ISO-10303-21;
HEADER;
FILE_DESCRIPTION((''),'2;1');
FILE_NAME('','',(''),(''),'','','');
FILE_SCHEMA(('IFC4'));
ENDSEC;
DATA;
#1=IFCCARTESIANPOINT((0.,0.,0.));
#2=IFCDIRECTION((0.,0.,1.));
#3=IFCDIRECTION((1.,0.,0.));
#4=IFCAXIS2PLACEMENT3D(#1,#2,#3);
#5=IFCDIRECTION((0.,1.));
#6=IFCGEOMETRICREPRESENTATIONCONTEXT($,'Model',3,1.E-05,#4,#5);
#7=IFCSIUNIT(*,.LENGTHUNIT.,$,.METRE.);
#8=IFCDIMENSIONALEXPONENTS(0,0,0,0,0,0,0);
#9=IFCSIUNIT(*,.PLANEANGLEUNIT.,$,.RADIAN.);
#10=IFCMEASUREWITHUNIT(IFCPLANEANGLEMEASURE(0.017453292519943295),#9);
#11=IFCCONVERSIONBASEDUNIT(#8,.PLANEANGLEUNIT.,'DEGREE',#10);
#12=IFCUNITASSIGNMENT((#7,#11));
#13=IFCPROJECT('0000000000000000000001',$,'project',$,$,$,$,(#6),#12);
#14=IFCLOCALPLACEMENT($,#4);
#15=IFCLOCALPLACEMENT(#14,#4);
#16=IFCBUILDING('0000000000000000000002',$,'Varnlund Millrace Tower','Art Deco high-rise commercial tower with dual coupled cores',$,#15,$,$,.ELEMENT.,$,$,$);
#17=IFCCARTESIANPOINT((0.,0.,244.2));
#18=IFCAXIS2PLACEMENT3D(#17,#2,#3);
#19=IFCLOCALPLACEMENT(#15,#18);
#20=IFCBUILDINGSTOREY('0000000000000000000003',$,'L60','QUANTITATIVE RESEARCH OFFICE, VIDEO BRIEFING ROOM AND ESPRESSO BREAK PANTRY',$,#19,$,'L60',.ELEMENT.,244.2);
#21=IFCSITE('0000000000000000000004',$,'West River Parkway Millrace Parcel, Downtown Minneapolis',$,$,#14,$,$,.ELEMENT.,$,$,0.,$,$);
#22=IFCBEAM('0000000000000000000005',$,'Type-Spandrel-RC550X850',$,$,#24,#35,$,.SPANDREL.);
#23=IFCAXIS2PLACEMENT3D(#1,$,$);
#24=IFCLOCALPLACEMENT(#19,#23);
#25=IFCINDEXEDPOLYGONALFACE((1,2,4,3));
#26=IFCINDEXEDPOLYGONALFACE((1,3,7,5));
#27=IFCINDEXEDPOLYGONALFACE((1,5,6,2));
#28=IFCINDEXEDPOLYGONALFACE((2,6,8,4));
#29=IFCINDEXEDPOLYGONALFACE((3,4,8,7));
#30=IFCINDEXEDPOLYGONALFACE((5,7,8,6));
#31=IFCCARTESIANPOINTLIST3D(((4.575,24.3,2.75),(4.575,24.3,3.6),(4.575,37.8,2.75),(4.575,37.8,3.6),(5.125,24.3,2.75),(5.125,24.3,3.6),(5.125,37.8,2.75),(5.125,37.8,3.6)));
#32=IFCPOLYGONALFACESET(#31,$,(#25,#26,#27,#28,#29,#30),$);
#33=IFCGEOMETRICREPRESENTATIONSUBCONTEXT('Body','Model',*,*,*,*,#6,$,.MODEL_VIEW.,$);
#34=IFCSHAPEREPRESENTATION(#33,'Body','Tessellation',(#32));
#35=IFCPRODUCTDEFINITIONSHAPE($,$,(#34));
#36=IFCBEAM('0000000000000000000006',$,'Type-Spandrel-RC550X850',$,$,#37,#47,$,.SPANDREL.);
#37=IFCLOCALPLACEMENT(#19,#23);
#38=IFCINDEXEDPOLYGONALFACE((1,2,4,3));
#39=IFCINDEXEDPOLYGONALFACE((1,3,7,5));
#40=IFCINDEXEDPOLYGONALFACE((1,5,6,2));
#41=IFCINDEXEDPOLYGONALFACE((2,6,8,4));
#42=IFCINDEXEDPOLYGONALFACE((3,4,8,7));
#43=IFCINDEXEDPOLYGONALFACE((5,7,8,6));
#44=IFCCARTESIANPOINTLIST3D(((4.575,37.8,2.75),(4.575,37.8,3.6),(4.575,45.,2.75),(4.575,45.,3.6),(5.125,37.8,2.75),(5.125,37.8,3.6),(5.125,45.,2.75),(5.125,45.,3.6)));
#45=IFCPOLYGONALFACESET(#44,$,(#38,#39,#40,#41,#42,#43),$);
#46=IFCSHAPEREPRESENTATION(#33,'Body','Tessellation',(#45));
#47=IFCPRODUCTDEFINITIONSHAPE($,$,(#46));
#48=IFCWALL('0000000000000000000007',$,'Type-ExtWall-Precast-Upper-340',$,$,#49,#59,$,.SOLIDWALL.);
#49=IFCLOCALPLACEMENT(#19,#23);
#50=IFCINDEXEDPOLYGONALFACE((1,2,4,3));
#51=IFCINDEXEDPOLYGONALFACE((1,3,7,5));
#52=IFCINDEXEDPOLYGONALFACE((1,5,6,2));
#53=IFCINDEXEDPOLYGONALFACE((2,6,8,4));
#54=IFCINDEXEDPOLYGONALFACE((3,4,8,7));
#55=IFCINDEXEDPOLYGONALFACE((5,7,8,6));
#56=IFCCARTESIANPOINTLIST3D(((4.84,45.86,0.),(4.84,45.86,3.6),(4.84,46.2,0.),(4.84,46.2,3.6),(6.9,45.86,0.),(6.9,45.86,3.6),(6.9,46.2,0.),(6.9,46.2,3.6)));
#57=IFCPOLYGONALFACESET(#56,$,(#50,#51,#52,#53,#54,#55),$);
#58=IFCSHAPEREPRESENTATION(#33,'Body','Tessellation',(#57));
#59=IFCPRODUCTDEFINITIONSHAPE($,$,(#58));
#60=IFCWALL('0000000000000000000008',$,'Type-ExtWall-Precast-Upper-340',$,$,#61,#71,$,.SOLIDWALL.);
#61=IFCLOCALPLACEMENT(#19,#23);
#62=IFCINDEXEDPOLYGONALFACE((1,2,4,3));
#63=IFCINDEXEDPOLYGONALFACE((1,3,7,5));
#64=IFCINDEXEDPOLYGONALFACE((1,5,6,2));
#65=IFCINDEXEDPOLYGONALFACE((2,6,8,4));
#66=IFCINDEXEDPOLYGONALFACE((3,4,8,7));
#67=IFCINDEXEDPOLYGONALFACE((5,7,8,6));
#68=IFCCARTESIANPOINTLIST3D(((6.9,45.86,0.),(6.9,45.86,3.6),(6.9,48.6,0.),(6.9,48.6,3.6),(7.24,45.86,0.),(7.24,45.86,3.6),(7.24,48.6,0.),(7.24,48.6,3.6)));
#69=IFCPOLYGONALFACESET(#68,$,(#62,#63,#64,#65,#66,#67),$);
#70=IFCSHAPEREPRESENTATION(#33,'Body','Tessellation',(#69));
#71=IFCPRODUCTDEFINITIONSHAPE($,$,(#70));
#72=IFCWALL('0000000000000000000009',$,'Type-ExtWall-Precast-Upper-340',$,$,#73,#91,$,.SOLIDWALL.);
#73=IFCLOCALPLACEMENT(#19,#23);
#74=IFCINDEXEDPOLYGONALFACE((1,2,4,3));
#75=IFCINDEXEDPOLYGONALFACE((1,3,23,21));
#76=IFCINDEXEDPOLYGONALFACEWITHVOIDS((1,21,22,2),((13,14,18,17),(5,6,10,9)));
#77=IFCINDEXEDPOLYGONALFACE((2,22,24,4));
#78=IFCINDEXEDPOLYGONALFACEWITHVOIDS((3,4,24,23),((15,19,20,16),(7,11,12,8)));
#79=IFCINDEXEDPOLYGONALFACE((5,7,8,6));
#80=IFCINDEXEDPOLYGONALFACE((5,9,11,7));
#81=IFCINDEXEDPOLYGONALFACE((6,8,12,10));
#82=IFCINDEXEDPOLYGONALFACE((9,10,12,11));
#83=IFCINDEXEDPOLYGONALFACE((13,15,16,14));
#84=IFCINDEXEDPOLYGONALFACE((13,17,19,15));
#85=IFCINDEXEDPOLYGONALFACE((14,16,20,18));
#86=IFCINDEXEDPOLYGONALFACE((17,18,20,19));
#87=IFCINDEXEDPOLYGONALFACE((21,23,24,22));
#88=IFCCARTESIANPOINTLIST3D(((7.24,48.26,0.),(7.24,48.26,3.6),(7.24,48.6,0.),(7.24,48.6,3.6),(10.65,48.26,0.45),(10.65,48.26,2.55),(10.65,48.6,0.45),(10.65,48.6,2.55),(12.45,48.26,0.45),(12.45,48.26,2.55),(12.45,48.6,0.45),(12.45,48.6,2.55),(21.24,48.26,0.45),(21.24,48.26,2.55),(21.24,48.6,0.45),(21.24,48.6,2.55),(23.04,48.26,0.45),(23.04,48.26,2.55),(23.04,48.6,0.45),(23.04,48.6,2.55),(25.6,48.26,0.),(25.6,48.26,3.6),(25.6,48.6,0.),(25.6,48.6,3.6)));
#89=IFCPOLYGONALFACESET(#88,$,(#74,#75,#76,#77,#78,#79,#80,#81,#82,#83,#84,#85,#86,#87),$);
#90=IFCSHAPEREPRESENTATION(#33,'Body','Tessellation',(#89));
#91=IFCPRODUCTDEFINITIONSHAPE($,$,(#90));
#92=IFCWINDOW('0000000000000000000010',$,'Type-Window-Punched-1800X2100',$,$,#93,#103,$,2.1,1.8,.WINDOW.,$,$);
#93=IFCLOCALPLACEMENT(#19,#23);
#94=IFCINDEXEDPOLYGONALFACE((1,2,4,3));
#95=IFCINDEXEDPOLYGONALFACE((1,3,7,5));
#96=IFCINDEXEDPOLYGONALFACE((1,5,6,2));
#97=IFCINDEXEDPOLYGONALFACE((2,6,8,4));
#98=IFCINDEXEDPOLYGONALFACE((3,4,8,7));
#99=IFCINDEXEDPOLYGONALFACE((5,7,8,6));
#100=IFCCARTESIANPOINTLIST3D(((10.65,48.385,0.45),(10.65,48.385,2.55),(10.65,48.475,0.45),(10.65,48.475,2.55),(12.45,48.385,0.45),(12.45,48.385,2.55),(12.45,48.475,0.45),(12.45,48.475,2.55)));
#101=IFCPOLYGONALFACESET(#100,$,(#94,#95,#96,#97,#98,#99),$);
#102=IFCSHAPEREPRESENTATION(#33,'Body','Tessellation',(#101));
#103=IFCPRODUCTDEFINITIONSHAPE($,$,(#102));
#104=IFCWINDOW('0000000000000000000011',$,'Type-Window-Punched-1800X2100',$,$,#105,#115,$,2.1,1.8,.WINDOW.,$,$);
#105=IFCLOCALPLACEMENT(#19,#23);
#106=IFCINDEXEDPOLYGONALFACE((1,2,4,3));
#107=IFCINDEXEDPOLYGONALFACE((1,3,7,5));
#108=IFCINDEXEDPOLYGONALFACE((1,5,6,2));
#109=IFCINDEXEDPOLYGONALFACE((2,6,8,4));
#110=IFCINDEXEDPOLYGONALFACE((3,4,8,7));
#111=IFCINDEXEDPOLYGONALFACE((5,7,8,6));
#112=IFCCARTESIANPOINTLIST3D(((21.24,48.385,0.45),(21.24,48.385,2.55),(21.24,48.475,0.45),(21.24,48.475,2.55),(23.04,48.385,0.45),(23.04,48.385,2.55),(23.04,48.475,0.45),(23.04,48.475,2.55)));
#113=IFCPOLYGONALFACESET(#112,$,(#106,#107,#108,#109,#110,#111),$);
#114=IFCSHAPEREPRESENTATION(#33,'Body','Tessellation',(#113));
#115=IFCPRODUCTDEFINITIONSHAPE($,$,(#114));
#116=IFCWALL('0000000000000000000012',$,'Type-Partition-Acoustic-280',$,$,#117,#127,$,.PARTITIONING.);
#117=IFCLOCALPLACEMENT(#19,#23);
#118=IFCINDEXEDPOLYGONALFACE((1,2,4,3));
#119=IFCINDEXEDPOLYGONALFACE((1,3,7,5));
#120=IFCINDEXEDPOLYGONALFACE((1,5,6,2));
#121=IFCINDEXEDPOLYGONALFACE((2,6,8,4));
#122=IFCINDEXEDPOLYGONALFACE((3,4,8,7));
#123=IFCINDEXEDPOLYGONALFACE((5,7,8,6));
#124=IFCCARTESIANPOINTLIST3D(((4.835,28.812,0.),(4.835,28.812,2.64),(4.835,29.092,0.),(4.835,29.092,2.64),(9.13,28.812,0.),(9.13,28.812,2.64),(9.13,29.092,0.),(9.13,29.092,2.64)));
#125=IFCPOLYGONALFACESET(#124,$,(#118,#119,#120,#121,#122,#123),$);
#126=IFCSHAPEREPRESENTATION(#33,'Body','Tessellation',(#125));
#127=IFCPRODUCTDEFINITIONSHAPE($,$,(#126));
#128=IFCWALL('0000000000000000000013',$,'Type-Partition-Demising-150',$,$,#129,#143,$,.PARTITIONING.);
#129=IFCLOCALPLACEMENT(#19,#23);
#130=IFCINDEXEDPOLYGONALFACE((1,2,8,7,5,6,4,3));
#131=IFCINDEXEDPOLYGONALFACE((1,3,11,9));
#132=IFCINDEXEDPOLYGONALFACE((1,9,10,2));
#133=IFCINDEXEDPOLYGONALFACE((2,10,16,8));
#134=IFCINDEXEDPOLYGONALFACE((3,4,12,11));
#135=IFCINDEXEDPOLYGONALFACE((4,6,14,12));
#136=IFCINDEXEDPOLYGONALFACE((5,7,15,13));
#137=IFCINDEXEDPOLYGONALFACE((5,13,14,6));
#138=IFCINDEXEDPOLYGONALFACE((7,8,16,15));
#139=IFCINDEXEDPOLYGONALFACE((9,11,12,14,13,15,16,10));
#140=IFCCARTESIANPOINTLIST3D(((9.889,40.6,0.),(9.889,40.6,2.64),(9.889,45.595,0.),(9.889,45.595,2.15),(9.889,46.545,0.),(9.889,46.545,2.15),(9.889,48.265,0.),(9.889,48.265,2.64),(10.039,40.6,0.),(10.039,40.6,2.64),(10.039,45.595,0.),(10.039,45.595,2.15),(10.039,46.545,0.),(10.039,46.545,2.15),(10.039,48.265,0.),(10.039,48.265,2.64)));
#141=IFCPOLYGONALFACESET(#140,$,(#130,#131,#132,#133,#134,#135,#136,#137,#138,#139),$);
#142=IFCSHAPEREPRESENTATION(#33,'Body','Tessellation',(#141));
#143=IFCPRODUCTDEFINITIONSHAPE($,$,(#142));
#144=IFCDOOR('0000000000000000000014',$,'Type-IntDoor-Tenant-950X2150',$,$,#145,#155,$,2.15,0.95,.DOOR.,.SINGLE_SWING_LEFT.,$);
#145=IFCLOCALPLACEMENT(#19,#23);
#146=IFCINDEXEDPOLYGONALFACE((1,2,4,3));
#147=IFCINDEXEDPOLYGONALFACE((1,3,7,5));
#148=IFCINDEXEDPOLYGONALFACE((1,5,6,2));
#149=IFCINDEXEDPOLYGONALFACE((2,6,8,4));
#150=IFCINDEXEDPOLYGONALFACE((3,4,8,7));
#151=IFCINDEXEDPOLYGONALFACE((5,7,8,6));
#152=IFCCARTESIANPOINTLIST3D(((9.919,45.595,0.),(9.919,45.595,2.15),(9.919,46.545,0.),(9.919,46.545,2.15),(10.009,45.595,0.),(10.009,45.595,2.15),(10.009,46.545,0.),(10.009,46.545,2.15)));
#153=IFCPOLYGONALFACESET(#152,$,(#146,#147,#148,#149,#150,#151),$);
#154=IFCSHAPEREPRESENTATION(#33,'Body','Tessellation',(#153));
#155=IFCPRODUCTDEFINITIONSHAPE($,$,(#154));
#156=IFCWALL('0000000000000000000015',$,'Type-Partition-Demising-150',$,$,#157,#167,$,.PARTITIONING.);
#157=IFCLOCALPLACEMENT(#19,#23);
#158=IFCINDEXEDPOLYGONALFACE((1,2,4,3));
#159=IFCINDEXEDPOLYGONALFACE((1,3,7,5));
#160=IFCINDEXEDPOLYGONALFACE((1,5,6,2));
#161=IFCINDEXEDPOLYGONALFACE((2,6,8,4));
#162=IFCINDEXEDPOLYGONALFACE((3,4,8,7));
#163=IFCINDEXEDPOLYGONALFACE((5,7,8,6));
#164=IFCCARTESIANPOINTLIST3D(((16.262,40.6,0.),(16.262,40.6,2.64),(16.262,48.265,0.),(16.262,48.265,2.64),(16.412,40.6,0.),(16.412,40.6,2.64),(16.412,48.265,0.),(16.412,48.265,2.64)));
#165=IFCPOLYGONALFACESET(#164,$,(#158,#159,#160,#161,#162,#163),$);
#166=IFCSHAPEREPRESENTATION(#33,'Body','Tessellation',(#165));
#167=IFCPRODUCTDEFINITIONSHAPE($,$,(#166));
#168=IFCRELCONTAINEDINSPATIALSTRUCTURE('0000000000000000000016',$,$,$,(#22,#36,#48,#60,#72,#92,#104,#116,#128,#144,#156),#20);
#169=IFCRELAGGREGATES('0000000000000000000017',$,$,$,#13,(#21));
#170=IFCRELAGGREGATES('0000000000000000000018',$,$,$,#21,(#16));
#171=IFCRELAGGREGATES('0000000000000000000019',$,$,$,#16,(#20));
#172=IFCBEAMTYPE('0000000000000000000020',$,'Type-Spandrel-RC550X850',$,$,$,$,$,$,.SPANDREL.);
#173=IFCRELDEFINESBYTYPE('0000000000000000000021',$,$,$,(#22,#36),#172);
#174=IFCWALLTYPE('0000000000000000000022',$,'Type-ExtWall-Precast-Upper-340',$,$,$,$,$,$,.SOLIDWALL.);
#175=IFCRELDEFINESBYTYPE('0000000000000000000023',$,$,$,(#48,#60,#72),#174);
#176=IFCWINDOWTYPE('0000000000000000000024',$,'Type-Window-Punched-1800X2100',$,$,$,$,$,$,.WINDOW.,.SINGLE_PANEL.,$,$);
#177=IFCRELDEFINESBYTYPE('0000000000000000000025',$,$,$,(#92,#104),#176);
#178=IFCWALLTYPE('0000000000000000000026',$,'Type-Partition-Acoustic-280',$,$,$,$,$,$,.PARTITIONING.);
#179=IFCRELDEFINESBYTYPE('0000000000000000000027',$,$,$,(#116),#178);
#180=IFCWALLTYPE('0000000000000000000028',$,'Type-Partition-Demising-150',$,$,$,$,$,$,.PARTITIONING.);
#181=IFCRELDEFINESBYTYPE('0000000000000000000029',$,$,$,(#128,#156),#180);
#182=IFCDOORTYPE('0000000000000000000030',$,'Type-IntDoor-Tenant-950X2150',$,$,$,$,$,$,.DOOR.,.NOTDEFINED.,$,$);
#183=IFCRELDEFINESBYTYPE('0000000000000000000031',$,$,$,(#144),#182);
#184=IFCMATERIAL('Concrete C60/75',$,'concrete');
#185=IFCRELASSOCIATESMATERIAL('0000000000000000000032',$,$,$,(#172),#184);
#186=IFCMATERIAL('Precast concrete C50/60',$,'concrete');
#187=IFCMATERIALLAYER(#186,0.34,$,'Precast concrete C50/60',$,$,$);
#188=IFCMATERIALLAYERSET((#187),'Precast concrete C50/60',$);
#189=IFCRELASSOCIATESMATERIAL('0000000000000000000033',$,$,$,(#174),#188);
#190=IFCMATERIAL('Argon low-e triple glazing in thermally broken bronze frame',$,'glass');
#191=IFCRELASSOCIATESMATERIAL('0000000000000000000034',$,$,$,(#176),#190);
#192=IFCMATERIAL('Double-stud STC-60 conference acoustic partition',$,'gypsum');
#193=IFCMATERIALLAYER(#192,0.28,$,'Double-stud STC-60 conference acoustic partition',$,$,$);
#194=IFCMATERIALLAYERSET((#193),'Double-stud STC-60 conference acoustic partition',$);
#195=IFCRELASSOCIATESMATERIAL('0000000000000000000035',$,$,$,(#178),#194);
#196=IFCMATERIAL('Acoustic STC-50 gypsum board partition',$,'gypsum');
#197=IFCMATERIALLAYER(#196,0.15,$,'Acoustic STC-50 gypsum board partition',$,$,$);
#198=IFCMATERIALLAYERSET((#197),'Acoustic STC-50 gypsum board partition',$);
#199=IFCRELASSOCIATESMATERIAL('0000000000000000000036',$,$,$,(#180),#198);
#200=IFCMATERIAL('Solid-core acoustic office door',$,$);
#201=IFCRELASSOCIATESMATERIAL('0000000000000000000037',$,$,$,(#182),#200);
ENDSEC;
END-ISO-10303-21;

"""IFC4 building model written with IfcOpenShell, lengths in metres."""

from ifc_helpers import new_model, entity, si_unit, converted_unit, direction, frame, origin_with_axes, origin_2d_with_axis, place, context, subcontext, project, spatial, polyline, rectangle, outline, extrude, material, layer, layer_set, material_profile, profile_set, type_object, element, fill, save


model = new_model("IFC4")

# Units and contexts
model_context = context("Model", 3, precision=1e-05, world=origin_with_axes(), true_north=direction((0.0, 1.0)))
body_context = subcontext(model_context, "Body", "Model", "MODEL_VIEW")
ifc_project = project(units=[si_unit("LENGTHUNIT", "METRE"), converted_unit("PLANEANGLEUNIT", "DEGREE", entity("IfcPlaneAngleMeasure", 0.017453292519943295), si_unit("PLANEANGLEUNIT", "RADIAN"), dimensions=[0, 0, 0, 0, 0, 0, 0])], contexts=[model_context])

# Site, building, storey
site_placement = place(None, origin_with_axes())
site = spatial("IfcSite", under=ifc_project, at=site_placement, Name="West River Parkway Millrace Parcel, Downtown Minneapolis", CompositionType="ELEMENT", RefElevation=0.0)
building_placement = place(site_placement, origin_with_axes())
building = spatial("IfcBuilding", under=site, at=building_placement, Name="Varnlund Millrace Tower", Description="Art Deco high-rise commercial tower with dual coupled cores", CompositionType="ELEMENT")
storey_placement = place(building_placement, frame((0.0, 0.0, 244.2), z_axis=(0.0, 0.0, 1.0), x_axis=(1.0, 0.0, 0.0)))
storey = spatial("IfcBuildingStorey", under=building, at=storey_placement, Name="L60", Description="QUANTITATIVE RESEARCH OFFICE, VIDEO BRIEFING ROOM AND ESPRESSO BREAK PANTRY", LongName="L60", CompositionType="ELEMENT", Elevation=244.2)

# Beams
ifc_material_1 = material(Name="Concrete C60/75", Category="concrete")
ifc_material_profile_1 = material_profile(ifc_material_1, rectangle(XDim=0.55, YDim=0.85, at=origin_2d_with_axis()), Name="Concrete C60/75")
ifc_profile_set_1 = profile_set([ifc_material_profile_1], Name="Concrete C60/75")
beam_type_1 = type_object("IfcBeamType", Name="Type-Spandrel-RC550X850", PredefinedType="SPANDREL", material=ifc_profile_set_1)
beam_1_placement = place(storey_placement, frame((4.85, 24.3, 3.175), z_axis=(0.0, 1.0, 0.0), x_axis=(-1.0, 0.0, 0.0)))
element("IfcBeam", 1, at=beam_1_placement, inside=storey, type_object=beam_type_1, Name="Type-Spandrel-RC550X850", PredefinedType="SPANDREL", context=body_context, shape_type="SweptSolid", body=[
    extrude(rectangle(XDim=0.55, YDim=0.85, at=origin_2d_with_axis()), origin_with_axes(), (0.0, 0.0, 1.0), 13.5),
])
beam_2_placement = place(storey_placement, frame((4.85, 37.8, 3.175), z_axis=(0.0, 1.0, 0.0), x_axis=(-1.0, 0.0, 0.0)))
element("IfcBeam", 2, at=beam_2_placement, inside=storey, type_object=beam_type_1, Name="Type-Spandrel-RC550X850", PredefinedType="SPANDREL", context=body_context, shape_type="SweptSolid", body=[
    extrude(rectangle(XDim=0.55, YDim=0.85, at=origin_2d_with_axis()), origin_with_axes(), (0.0, 0.0, 1.0), 7.2),
])

# Walls
ifc_material_2 = material(Name="Precast concrete C50/60", Category="concrete")
ifc_layer_1 = layer(ifc_material_2, 0.34, Name="Precast concrete C50/60")
ifc_layer_set_1 = layer_set([ifc_layer_1], Name="Precast concrete C50/60")
wall_type_1 = type_object("IfcWallType", Name="Type-ExtWall-Precast-Upper-340", PredefinedType="SOLIDWALL", material=ifc_layer_set_1)
wall_1_placement = place(storey_placement, frame((4.84, 46.03, 0.0), z_axis=(0.0, 0.0, 1.0), x_axis=(1.0, 0.0, 0.0)))
element("IfcWall", 3, at=wall_1_placement, inside=storey, type_object=wall_type_1, Name="Type-ExtWall-Precast-Upper-340", PredefinedType="SOLIDWALL", context=body_context, shape_type="SweptSolid", body=[
    extrude(outline(polyline([(0.0, -0.17), (2.06, -0.17), (2.06, 0.17), (0.0, 0.17), (0.0, -0.17)])), origin_with_axes(), (0.0, 0.0, 1.0), 3.6),
])
wall_2_placement = place(storey_placement, frame((7.07, 45.86, 0.0), z_axis=(0.0, 0.0, 1.0), x_axis=(0.0, 1.0, 0.0)))
element("IfcWall", 4, at=wall_2_placement, inside=storey, type_object=wall_type_1, Name="Type-ExtWall-Precast-Upper-340", PredefinedType="SOLIDWALL", context=body_context, shape_type="SweptSolid", body=[
    extrude(outline(polyline([(0.0, -0.17), (2.74, -0.17), (2.74, 0.17), (0.0, 0.17), (0.0, -0.17)])), origin_with_axes(), (0.0, 0.0, 1.0), 3.6),
])

# Wall, openings, windows
wall_3_placement = place(storey_placement, frame((7.24, 48.43, 0.0), z_axis=(0.0, 0.0, 1.0), x_axis=(1.0, 0.0, 0.0)))
wall_3 = element("IfcWall", 5, at=wall_3_placement, inside=storey, type_object=wall_type_1, Name="Type-ExtWall-Precast-Upper-340", PredefinedType="SOLIDWALL", context=body_context, shape_type="SweptSolid", body=[
    extrude(outline(polyline([(0.0, -0.17), (18.36, -0.17), (18.36, 0.17), (0.0, 0.17), (0.0, -0.17)])), origin_with_axes(), (0.0, 0.0, 1.0), 3.6),
])
opening_1_placement = place(wall_3_placement, frame((4.31, 0.0, 0.45), z_axis=(0.0, 0.0, 1.0), x_axis=(1.0, 0.0, 0.0)))
opening_1 = element("IfcOpeningElement", 6, at=opening_1_placement, cuts=wall_3, PredefinedType="OPENING", context=body_context, shape_type="SweptSolid", body=[
    extrude(rectangle(XDim=1.8, YDim=0.36, at=origin_2d_with_axis()), origin_with_axes(), (0.0, 0.0, 1.0), 2.1),
])
opening_2_placement = place(wall_3_placement, frame((14.9, 0.0, 0.45), z_axis=(0.0, 0.0, 1.0), x_axis=(1.0, 0.0, 0.0)))
opening_2 = element("IfcOpeningElement", 7, at=opening_2_placement, cuts=wall_3, PredefinedType="OPENING", context=body_context, shape_type="SweptSolid", body=[
    extrude(rectangle(XDim=1.8, YDim=0.36, at=origin_2d_with_axis()), origin_with_axes(), (0.0, 0.0, 1.0), 2.1),
])
ifc_material_3 = material(Name="Argon low-e triple glazing in thermally broken bronze frame", Category="glass")
window_type = type_object("IfcWindowType", Name="Type-Window-Punched-1800X2100", PartitioningType="SINGLE_PANEL", PredefinedType="WINDOW", material=ifc_material_3)
window_1_placement = place(wall_3_placement, frame((4.31, 0.0, 0.45), z_axis=(0.0, 0.0, 1.0), x_axis=(1.0, 0.0, 0.0)))
window_1 = element("IfcWindow", 8, at=window_1_placement, inside=storey, type_object=window_type, Name="Type-Window-Punched-1800X2100", OverallHeight=2.1, OverallWidth=1.8, PredefinedType="WINDOW", context=body_context, shape_type="SweptSolid", body=[
    extrude(rectangle(XDim=1.8, YDim=0.09, at=origin_2d_with_axis()), origin_with_axes(), (0.0, 0.0, 1.0), 2.1),
])
fill(opening_1, window_1)
window_2_placement = place(wall_3_placement, frame((14.9, 0.0, 0.45), z_axis=(0.0, 0.0, 1.0), x_axis=(1.0, 0.0, 0.0)))
window_2 = element("IfcWindow", 9, at=window_2_placement, inside=storey, type_object=window_type, Name="Type-Window-Punched-1800X2100", OverallHeight=2.1, OverallWidth=1.8, PredefinedType="WINDOW", context=body_context, shape_type="SweptSolid", body=[
    extrude(rectangle(XDim=1.8, YDim=0.09, at=origin_2d_with_axis()), origin_with_axes(), (0.0, 0.0, 1.0), 2.1),
])
fill(opening_2, window_2)

# Wall
ifc_material_4 = material(Name="Double-stud STC-60 conference acoustic partition", Category="gypsum")
ifc_layer_2 = layer(ifc_material_4, 0.28, Name="Double-stud STC-60 conference acoustic partition")
ifc_layer_set_2 = layer_set([ifc_layer_2], Name="Double-stud STC-60 conference acoustic partition")
wall_type_2 = type_object("IfcWallType", Name="Type-Partition-Acoustic-280", PredefinedType="PARTITIONING", material=ifc_layer_set_2)
wall_4_placement = place(storey_placement, frame((4.835, 28.952, 0.0), z_axis=(0.0, 0.0, 1.0), x_axis=(1.0, 0.0, 0.0)))
element("IfcWall", 10, at=wall_4_placement, inside=storey, type_object=wall_type_2, Name="Type-Partition-Acoustic-280", PredefinedType="PARTITIONING", context=body_context, shape_type="SweptSolid", body=[
    extrude(outline(polyline([(0.0, -0.14), (4.295, -0.14), (4.295, 0.14), (0.0, 0.14), (0.0, -0.14)])), origin_with_axes(), (0.0, 0.0, 1.0), 2.64),
])

# Wall, opening, door
ifc_material_5 = material(Name="Acoustic STC-50 gypsum board partition", Category="gypsum")
ifc_layer_3 = layer(ifc_material_5, 0.15, Name="Acoustic STC-50 gypsum board partition")
ifc_layer_set_3 = layer_set([ifc_layer_3], Name="Acoustic STC-50 gypsum board partition")
wall_type_3 = type_object("IfcWallType", Name="Type-Partition-Demising-150", PredefinedType="PARTITIONING", material=ifc_layer_set_3)
wall_5_placement = place(storey_placement, frame((9.964, 40.6, 0.0), z_axis=(0.0, 0.0, 1.0), x_axis=(0.0, 1.0, 0.0)))
wall_5 = element("IfcWall", 11, at=wall_5_placement, inside=storey, type_object=wall_type_3, Name="Type-Partition-Demising-150", PredefinedType="PARTITIONING", context=body_context, shape_type="SweptSolid", body=[
    extrude(outline(polyline([(0.0, -0.075), (7.665, -0.075), (7.665, 0.075), (0.0, 0.075), (0.0, -0.075)])), origin_with_axes(), (0.0, 0.0, 1.0), 2.64),
])
opening_3_placement = place(wall_5_placement, frame((5.47, 0.0, 0.0), z_axis=(0.0, 0.0, 1.0), x_axis=(1.0, 0.0, 0.0)))
opening_3 = element("IfcOpeningElement", 12, at=opening_3_placement, cuts=wall_5, PredefinedType="OPENING", context=body_context, shape_type="SweptSolid", body=[
    extrude(rectangle(XDim=0.95, YDim=0.17, at=origin_2d_with_axis()), origin_with_axes(), (0.0, 0.0, 1.0), 2.15),
])
ifc_material_6 = material(Name="Solid-core acoustic office door")
door_type = type_object("IfcDoorType", Name="Type-IntDoor-Tenant-950X2150", OperationType="NOTDEFINED", PredefinedType="DOOR", material=ifc_material_6)
door_placement = place(wall_5_placement, frame((5.47, 0.0, 0.0), z_axis=(0.0, 0.0, 1.0), x_axis=(1.0, 0.0, 0.0)))
door = element("IfcDoor", 13, at=door_placement, inside=storey, type_object=door_type, Name="Type-IntDoor-Tenant-950X2150", OperationType="SINGLE_SWING_LEFT", OverallHeight=2.15, OverallWidth=0.95, PredefinedType="DOOR", context=body_context, shape_type="SweptSolid", body=[
    extrude(rectangle(XDim=0.95, YDim=0.09, at=origin_2d_with_axis()), origin_with_axes(), (0.0, 0.0, 1.0), 2.15),
])
fill(opening_3, door)

# Wall
wall_6_placement = place(storey_placement, frame((16.337, 40.6, 0.0), z_axis=(0.0, 0.0, 1.0), x_axis=(0.0, 1.0, 0.0)))
element("IfcWall", 14, at=wall_6_placement, inside=storey, type_object=wall_type_3, Name="Type-Partition-Demising-150", PredefinedType="PARTITIONING", context=body_context, shape_type="SweptSolid", body=[
    extrude(outline(polyline([(0.0, -0.075), (7.665, -0.075), (7.665, 0.075), (0.0, 0.075), (0.0, -0.075)])), origin_with_axes(), (0.0, 0.0, 1.0), 2.64),
])

save(model, "model.ifc")
